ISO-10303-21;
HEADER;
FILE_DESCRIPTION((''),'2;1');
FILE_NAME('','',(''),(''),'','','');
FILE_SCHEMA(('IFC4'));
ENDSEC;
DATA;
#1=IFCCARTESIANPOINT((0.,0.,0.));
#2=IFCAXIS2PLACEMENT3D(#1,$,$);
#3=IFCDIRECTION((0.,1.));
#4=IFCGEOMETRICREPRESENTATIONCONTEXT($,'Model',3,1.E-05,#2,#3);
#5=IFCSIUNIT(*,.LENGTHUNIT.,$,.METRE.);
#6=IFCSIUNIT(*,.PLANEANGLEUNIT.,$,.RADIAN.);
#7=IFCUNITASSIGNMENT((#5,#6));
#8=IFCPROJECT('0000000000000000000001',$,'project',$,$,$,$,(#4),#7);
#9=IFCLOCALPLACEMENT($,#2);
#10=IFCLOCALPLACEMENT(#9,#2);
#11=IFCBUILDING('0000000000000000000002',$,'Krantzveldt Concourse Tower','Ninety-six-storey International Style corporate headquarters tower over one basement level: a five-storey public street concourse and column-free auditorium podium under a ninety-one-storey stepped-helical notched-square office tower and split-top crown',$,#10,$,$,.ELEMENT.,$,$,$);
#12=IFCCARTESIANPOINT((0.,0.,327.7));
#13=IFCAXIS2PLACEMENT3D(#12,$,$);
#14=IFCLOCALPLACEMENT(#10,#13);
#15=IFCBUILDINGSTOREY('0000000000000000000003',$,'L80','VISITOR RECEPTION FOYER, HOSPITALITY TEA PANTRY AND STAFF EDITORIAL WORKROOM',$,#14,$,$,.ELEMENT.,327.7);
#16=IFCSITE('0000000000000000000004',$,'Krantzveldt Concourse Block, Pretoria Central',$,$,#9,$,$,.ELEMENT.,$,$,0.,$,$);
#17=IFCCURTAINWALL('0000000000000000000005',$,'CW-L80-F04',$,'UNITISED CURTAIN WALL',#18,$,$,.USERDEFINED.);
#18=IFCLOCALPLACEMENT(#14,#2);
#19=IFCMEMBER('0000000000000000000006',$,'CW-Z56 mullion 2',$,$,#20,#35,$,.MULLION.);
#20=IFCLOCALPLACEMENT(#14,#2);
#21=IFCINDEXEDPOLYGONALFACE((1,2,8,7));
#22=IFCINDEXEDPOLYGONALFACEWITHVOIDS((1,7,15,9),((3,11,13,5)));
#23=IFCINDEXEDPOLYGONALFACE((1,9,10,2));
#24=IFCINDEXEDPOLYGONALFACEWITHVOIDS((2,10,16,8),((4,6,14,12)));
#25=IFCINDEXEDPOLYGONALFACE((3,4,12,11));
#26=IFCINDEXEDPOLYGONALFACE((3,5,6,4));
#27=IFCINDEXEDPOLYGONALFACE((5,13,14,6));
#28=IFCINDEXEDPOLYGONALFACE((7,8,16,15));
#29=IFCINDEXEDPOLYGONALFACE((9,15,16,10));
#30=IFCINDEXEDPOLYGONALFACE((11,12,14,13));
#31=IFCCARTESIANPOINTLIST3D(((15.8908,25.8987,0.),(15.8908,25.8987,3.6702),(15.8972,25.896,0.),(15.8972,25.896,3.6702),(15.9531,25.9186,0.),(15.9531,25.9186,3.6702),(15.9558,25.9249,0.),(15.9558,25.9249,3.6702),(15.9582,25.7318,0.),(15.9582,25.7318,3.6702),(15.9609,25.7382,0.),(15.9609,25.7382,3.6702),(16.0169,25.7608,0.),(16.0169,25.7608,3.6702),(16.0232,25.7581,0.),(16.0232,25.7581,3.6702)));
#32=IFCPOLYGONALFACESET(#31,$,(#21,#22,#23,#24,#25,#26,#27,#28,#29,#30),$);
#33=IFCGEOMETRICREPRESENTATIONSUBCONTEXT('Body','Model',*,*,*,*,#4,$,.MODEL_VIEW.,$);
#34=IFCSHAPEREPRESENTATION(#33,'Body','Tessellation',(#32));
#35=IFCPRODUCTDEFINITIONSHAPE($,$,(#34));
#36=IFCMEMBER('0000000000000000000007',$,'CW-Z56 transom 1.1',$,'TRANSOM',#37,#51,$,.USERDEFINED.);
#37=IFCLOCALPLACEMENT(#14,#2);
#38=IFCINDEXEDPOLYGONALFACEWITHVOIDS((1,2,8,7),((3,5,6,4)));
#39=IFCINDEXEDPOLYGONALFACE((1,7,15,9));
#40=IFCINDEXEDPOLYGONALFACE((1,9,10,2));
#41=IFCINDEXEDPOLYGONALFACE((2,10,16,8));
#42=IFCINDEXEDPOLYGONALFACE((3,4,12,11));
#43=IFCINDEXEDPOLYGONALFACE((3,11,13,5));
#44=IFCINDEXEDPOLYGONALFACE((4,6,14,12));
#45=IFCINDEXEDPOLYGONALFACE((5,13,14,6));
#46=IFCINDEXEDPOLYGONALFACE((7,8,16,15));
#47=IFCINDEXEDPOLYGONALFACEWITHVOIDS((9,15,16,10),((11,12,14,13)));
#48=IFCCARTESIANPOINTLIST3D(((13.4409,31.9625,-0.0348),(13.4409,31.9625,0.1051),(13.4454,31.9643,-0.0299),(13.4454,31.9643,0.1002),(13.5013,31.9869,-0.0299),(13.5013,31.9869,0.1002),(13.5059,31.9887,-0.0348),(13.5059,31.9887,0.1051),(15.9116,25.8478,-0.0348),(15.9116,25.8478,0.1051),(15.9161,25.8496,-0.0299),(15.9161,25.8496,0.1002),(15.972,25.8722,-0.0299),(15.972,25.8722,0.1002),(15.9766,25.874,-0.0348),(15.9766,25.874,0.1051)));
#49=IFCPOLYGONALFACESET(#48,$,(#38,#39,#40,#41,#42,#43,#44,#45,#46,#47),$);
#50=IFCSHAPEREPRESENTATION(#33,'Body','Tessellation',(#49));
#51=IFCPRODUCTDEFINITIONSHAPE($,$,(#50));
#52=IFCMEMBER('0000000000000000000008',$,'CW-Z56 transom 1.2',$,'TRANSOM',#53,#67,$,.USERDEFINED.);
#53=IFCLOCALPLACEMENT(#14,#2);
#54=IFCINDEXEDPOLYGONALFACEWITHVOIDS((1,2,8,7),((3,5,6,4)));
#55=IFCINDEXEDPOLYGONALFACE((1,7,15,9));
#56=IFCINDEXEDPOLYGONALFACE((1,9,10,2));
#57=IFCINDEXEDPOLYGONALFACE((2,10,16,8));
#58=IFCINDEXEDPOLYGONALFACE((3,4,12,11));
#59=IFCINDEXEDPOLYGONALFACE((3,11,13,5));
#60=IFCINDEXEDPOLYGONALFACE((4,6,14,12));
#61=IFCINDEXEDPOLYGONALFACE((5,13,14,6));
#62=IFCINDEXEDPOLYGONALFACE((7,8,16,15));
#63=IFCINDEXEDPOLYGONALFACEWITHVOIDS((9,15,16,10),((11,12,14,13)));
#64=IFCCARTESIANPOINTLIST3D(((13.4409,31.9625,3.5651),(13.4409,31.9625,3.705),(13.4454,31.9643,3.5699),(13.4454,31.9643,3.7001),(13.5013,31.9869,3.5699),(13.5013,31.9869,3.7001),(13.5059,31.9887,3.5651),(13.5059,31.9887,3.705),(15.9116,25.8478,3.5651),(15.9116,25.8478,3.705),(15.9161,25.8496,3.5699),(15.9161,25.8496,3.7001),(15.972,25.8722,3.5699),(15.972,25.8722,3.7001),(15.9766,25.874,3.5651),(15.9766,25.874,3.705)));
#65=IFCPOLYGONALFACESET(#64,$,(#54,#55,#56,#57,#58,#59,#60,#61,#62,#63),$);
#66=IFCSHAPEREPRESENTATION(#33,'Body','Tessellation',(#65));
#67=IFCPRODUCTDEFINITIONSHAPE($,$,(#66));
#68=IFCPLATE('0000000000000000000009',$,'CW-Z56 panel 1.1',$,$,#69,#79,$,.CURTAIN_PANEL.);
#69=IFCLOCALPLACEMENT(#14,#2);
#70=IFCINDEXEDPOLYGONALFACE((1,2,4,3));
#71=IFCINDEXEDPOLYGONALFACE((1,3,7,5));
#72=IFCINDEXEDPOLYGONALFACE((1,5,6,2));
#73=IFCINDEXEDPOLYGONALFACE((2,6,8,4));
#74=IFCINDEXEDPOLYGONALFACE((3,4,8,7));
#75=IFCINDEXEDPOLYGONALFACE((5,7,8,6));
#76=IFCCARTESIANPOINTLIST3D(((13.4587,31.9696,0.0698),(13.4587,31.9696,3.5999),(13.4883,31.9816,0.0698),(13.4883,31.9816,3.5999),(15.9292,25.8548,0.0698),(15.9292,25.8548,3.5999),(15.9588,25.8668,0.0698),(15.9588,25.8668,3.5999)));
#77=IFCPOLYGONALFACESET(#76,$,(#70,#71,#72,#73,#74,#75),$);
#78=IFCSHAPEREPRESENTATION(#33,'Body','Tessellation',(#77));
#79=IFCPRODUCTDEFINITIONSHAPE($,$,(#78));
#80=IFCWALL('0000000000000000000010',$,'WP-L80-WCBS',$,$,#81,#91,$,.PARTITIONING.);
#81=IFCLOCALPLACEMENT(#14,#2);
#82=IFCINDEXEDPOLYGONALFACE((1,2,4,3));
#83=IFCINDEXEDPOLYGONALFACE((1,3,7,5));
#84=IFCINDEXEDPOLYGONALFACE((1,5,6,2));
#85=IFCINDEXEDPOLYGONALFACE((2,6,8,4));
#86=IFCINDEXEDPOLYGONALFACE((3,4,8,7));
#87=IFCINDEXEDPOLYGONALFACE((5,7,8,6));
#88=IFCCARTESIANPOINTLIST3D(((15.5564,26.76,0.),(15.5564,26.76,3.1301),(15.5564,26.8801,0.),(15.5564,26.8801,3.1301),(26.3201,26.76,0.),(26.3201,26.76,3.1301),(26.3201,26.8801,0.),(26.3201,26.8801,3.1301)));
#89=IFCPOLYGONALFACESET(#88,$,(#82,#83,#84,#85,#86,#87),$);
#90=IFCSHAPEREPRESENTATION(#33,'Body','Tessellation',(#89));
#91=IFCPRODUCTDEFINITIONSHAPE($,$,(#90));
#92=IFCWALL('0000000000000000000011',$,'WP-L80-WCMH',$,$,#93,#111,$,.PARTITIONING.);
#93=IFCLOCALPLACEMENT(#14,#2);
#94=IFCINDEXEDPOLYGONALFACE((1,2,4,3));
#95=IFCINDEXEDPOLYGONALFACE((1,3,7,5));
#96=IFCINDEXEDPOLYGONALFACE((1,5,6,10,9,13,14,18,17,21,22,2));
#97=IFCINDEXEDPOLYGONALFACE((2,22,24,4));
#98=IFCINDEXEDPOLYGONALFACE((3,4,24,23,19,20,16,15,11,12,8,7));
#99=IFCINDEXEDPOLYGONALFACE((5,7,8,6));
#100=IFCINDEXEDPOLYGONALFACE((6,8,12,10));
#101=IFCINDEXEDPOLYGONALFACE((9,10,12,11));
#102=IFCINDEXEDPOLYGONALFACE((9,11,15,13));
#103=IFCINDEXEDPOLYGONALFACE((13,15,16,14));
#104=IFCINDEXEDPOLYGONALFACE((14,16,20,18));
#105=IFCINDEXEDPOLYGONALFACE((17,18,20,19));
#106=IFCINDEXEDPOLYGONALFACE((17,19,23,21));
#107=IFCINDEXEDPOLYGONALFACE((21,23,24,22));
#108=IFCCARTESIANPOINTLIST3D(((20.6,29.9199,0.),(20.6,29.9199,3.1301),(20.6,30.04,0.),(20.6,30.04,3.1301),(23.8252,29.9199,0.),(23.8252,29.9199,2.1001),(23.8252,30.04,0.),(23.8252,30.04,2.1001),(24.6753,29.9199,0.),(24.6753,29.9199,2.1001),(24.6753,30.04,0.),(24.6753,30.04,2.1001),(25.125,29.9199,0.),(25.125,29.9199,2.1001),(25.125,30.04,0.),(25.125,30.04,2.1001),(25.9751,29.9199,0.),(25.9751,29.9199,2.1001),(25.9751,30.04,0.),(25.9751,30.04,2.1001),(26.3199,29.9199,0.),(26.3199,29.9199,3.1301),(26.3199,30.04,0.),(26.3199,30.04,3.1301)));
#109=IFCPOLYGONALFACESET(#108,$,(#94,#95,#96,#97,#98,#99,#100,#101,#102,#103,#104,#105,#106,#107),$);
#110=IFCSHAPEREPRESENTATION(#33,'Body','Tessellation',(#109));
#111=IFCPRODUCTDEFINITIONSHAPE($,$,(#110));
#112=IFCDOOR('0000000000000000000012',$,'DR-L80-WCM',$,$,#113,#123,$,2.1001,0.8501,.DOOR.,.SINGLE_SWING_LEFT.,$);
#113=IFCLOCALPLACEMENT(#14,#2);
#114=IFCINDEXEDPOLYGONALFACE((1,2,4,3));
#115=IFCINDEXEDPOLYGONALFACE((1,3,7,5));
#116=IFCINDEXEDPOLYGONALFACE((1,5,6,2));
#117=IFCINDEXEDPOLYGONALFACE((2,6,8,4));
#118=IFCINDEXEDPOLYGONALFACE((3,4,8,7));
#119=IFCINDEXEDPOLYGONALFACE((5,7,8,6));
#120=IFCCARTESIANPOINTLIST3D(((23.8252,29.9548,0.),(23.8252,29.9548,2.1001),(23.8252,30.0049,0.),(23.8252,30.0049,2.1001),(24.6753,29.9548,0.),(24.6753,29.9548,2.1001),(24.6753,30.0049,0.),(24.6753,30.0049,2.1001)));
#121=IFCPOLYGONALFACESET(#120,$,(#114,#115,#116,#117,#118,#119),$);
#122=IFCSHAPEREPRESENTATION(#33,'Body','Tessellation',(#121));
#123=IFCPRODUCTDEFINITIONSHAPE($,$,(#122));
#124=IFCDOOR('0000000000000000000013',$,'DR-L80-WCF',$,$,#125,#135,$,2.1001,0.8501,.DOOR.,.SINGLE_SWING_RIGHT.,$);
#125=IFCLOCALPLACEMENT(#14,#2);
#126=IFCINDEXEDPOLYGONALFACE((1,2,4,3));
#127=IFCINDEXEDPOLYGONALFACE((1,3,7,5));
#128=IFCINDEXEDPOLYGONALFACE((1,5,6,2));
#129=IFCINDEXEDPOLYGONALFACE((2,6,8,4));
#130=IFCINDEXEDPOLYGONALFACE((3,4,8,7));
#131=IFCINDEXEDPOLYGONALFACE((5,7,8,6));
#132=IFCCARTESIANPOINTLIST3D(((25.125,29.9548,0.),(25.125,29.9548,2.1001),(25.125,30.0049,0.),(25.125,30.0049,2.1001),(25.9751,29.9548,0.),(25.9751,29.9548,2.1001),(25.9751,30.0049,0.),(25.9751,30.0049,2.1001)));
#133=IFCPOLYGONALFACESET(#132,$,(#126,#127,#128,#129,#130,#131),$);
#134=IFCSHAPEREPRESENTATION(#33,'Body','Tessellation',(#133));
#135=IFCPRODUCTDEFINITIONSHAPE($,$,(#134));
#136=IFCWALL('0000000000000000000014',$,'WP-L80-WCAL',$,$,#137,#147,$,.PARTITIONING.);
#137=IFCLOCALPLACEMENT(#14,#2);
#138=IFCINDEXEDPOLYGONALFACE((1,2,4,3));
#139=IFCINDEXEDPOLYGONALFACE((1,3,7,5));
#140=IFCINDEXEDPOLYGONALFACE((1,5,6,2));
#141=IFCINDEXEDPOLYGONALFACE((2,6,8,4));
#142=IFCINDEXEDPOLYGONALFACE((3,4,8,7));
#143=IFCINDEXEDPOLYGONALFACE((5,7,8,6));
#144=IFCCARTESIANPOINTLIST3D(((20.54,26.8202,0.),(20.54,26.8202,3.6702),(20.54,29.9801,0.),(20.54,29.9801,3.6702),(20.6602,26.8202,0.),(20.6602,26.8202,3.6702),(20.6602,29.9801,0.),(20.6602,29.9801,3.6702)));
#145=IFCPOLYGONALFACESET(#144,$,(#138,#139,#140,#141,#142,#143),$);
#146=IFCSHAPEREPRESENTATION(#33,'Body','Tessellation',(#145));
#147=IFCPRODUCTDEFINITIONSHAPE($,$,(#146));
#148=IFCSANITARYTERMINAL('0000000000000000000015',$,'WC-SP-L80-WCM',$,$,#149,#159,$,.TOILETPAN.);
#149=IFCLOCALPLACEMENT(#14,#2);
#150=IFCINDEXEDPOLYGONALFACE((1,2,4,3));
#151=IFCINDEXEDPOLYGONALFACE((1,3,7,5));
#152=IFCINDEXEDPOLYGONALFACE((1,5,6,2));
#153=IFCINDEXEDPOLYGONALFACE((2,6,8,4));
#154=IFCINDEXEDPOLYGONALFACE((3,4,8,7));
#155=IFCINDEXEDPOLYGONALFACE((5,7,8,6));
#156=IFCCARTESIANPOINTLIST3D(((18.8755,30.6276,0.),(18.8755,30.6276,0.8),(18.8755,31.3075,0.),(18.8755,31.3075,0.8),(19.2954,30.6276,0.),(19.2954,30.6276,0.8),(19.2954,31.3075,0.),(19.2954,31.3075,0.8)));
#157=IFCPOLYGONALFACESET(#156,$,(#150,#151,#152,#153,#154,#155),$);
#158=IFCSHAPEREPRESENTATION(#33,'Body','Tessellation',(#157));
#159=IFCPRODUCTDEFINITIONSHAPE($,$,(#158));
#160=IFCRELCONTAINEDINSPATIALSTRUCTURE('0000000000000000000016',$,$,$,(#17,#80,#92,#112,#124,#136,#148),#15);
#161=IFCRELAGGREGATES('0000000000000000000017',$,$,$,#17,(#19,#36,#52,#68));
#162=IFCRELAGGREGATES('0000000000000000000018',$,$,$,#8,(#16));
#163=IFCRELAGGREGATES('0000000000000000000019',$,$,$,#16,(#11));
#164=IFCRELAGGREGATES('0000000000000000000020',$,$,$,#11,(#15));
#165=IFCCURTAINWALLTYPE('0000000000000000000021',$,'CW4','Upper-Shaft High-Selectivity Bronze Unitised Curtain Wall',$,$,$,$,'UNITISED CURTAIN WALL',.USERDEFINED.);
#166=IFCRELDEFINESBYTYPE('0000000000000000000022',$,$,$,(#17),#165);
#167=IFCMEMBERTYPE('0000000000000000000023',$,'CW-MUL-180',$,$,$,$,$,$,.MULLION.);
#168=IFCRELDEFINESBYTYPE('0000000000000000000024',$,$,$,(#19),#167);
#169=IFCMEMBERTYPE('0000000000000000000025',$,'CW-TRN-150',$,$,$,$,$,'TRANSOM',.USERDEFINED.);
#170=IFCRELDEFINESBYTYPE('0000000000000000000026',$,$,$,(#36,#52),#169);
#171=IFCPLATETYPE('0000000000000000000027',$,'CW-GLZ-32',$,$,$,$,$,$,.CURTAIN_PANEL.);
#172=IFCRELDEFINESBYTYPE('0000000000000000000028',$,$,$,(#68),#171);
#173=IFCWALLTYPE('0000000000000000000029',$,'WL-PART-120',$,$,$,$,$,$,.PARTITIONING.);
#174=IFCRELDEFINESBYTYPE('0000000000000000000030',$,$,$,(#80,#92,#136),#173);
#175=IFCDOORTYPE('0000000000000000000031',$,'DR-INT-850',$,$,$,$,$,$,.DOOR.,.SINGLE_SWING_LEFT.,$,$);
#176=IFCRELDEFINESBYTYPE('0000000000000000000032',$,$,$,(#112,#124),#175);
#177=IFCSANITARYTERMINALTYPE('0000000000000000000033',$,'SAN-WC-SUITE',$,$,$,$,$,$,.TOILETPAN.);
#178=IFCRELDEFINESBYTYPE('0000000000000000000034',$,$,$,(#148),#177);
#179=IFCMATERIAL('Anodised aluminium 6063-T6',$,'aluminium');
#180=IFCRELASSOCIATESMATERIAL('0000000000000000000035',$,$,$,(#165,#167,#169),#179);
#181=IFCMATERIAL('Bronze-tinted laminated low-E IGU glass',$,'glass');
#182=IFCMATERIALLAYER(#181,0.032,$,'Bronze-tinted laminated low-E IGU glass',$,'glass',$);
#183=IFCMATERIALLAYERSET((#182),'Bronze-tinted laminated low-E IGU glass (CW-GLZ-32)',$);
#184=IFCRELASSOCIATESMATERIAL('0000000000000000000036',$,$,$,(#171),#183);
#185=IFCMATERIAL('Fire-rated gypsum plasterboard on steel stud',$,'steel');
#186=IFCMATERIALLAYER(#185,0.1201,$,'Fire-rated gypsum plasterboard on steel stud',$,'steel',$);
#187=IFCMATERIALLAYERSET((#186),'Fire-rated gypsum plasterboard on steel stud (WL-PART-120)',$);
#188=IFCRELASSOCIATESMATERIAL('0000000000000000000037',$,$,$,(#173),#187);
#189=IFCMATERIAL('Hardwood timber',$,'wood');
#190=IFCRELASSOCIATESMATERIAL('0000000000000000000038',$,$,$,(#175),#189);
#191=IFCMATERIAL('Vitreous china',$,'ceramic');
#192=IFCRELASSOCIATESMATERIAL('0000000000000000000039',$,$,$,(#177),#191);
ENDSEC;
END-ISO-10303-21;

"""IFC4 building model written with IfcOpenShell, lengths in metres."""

from ifc_helpers import new_model, si_unit, direction, frame, frame_2d, origin, origin_2d, place, context, subcontext, project, spatial, rectangle, hollow_rectangle, extrude, source, transform, mapped, material, layer, layer_set, material_profile, profile_set, type_object, type_shapes, element, fill, aggregate, save


model = new_model("IFC4")

# Units and contexts
model_context = context("Model", 3, precision=1e-05, world=origin(), true_north=direction((0.0, 1.0)))
body_context = subcontext(model_context, "Body", "Model", "MODEL_VIEW")
ifc_project = project(units=[si_unit("LENGTHUNIT", "METRE"), si_unit("PLANEANGLEUNIT", "RADIAN")], contexts=[model_context])

# Site, building, storey
site_placement = place(None, origin())
site = spatial("IfcSite", under=ifc_project, at=site_placement, Name="Krantzveldt Concourse Block, Pretoria Central", CompositionType="ELEMENT", RefElevation=0.0)
building_placement = place(site_placement, origin())
building = spatial("IfcBuilding", under=site, at=building_placement, Name="Krantzveldt Concourse Tower", Description="Ninety-six-storey International Style corporate headquarters tower over one basement level: a five-storey public street concourse and column-free auditorium podium under a ninety-one-storey stepped-helical notched-square office tower and split-top crown", CompositionType="ELEMENT")
storey_placement = place(building_placement, frame((0.0, 0.0, 327.7)))
storey = spatial("IfcBuildingStorey", under=building, at=storey_placement, Name="L80", Description="VISITOR RECEPTION FOYER, HOSPITALITY TEA PANTRY AND STAFF EDITORIAL WORKROOM", CompositionType="ELEMENT", Elevation=327.7)

# Curtain wall, members, plate
ifc_material_1 = material(Name="Anodised aluminium 6063-T6", Category="aluminium")
curtain_wall_type = type_object("IfcCurtainWallType", Name="CW4", Description="Upper-Shaft High-Selectivity Bronze Unitised Curtain Wall", ElementType="UNITISED CURTAIN WALL", PredefinedType="USERDEFINED", material=ifc_material_1)
curtain_wall_placement = place(storey_placement, origin())
curtain_wall = element("IfcCurtainWall", 1, at=curtain_wall_placement, inside=storey, type_object=curtain_wall_type, Name="CW-L80-F04", ObjectType="UNITISED CURTAIN WALL", PredefinedType="USERDEFINED")
ifc_material_profile_1 = material_profile(ifc_material_1, hollow_rectangle(XDim=0.0701, YDim=0.1799, WallThickness=0.0049, at=origin_2d()), Name="Anodised aluminium 6063-T6", Category="aluminium")
ifc_profile_set_1 = profile_set([ifc_material_profile_1], Name="Anodised aluminium 6063-T6 - ALU-MULL 180x70x5")
member_type_1 = type_object("IfcMemberType", Name="CW-MUL-180", PredefinedType="MULLION", material=ifc_profile_set_1)
shared_shape_1 = source(origin(), body_context, "Body", "SweptSolid", [
    extrude(hollow_rectangle(XDim=0.0701, YDim=0.1799, WallThickness=0.0049, at=origin_2d()), origin(), (0.0, 0.0, 1.0), 3.6702),
])
type_shapes(member_type_1, [shared_shape_1])
member_1_placement = place(storey_placement, frame((15.957, 25.8284, 0.0), z_axis=(0.0, 0.0, 1.0), x_axis=(0.927184, 0.374607, 0.0)))
member_1 = element("IfcMember", 2, at=member_1_placement, type_object=member_type_1, Name="CW-Z56 mullion 2", PredefinedType="MULLION", context=body_context, shape_type="MappedRepresentation", body=[
    mapped(shared_shape_1, transform((0.0, 0.0, 0.0), x_axis=(1.0, 0.0, 0.0), y_axis=(0.0, 1.0, 0.0), z_axis=(0.0, 0.0, 1.0), scale=1.0)),
])
ifc_material_profile_2 = material_profile(ifc_material_1, hollow_rectangle(XDim=0.0701, YDim=0.1399, WallThickness=0.0049, at=origin_2d()), Name="Anodised aluminium 6063-T6", Category="aluminium")
ifc_profile_set_2 = profile_set([ifc_material_profile_2], Name="Anodised aluminium 6063-T6 - ALU-TRAN 140x70x5")
member_type_2 = type_object("IfcMemberType", Name="CW-TRN-150", ElementType="TRANSOM", PredefinedType="USERDEFINED", material=ifc_profile_set_2)
shared_shape_2 = source(origin(), body_context, "Body", "SweptSolid", [
    extrude(hollow_rectangle(XDim=0.0701, YDim=0.1399, WallThickness=0.0049, at=origin_2d()), origin(), (0.0, 0.0, 1.0), 6.595),
])
type_shapes(member_type_2, [shared_shape_2])
member_2_placement = place(storey_placement, frame((13.4734, 31.9756, 0.0352), z_axis=(0.374631, -0.927174, 0.0), x_axis=(0.927174, 0.374631, 0.0)))
member_2 = element("IfcMember", 3, at=member_2_placement, type_object=member_type_2, Name="CW-Z56 transom 1.1", ObjectType="TRANSOM", PredefinedType="USERDEFINED", context=body_context, shape_type="MappedRepresentation", body=[
    mapped(shared_shape_2, transform((0.0, 0.0, 0.0), x_axis=(1.0, 0.0, 0.0), y_axis=(0.0, 1.0, 0.0), z_axis=(0.0, 0.0, 1.0), scale=1.0)),
])
member_3_placement = place(storey_placement, frame((13.4734, 31.9756, 3.635), z_axis=(0.374631, -0.927174, 0.0), x_axis=(0.927174, 0.374631, 0.0)))
member_3 = element("IfcMember", 4, at=member_3_placement, type_object=member_type_2, Name="CW-Z56 transom 1.2", ObjectType="TRANSOM", PredefinedType="USERDEFINED", context=body_context, shape_type="MappedRepresentation", body=[
    mapped(shared_shape_2, transform((0.0, 0.0, 0.0), x_axis=(1.0, 0.0, 0.0), y_axis=(0.0, 1.0, 0.0), z_axis=(0.0, 0.0, 1.0), scale=1.0)),
])
ifc_material_2 = material(Name="Bronze-tinted laminated low-E IGU glass", Category="glass")
ifc_layer_1 = layer(ifc_material_2, 0.032, Name="Bronze-tinted laminated low-E IGU glass", Category="glass")
ifc_layer_set_1 = layer_set([ifc_layer_1], Name="Bronze-tinted laminated low-E IGU glass (CW-GLZ-32)")
plate_type = type_object("IfcPlateType", Name="CW-GLZ-32", PredefinedType="CURTAIN_PANEL", material=ifc_layer_set_1)
shared_shape_3 = source(origin(), body_context, "Body", "SweptSolid", [
    extrude(rectangle(XDim=6.595, YDim=0.032, at=origin_2d()), origin(), (0.0, 0.0, 1.0), 3.53),
])
type_shapes(plate_type, [shared_shape_3])
plate_placement = place(storey_placement, frame((14.7087, 28.9182, 0.0698), z_axis=(0.0, 0.0, 1.0), x_axis=(0.374607, -0.927184, 0.0)))
plate = element("IfcPlate", 5, at=plate_placement, type_object=plate_type, Name="CW-Z56 panel 1.1", PredefinedType="CURTAIN_PANEL", context=body_context, shape_type="MappedRepresentation", body=[
    mapped(shared_shape_3, transform((0.0, 0.0, 0.0), x_axis=(1.0, 0.0, 0.0), y_axis=(0.0, 1.0, 0.0), z_axis=(0.0, 0.0, 1.0), scale=1.0)),
])
aggregate(curtain_wall, [member_1, member_2, member_3, plate])

# Wall
ifc_material_3 = material(Name="Fire-rated gypsum plasterboard on steel stud", Category="steel")
ifc_layer_2 = layer(ifc_material_3, 0.1201, Name="Fire-rated gypsum plasterboard on steel stud", Category="steel")
ifc_layer_set_2 = layer_set([ifc_layer_2], Name="Fire-rated gypsum plasterboard on steel stud (WL-PART-120)")
wall_type = type_object("IfcWallType", Name="WL-PART-120", PredefinedType="PARTITIONING", material=ifc_layer_set_2)
wall_1_placement = place(storey_placement, frame((15.5564, 26.8201, 0.0), z_axis=(0.0, 0.0, 1.0), x_axis=(1.0, 0.0, 0.0)))
element("IfcWall", 6, at=wall_1_placement, inside=storey, type_object=wall_type, Name="WP-L80-WCBS", PredefinedType="PARTITIONING", context=body_context, shape_type="SweptSolid", body=[
    extrude(rectangle(XDim=10.7637, YDim=0.1201, at=frame_2d((5.3818, 0.0))), origin(), (0.0, 0.0, 1.0), 3.1301),
])

# Wall, openings, doors
wall_2_placement = place(storey_placement, frame((20.6001, 29.98, 0.0), z_axis=(0.0, 0.0, 1.0), x_axis=(1.0, 0.0, 0.0)))
wall_2 = element("IfcWall", 7, at=wall_2_placement, inside=storey, type_object=wall_type, Name="WP-L80-WCMH", PredefinedType="PARTITIONING", context=body_context, shape_type="SweptSolid", body=[
    extrude(rectangle(XDim=5.72, YDim=0.1201, at=frame_2d((2.8599, 0.0))), origin(), (0.0, 0.0, 1.0), 3.1301),
])
opening_1_placement = place(wall_2_placement, frame((3.2251, 0.0, 0.0)))
opening_1 = element("IfcOpeningElement", 8, at=opening_1_placement, cuts=wall_2, PredefinedType="OPENING", context=body_context, shape_type="SweptSolid", body=[
    extrude(rectangle(XDim=0.8501, YDim=2.1001, at=frame_2d((0.425, 1.05))), frame((0.0, 0.0701, 0.0), z_axis=(0.0, -1.0, 0.0), x_axis=(1.0, 0.0, 0.0)), (0.0, 0.0, 1.0), 0.1401),
])
opening_2_placement = place(wall_2_placement, frame((4.5249, 0.0, 0.0)))
opening_2 = element("IfcOpeningElement", 9, at=opening_2_placement, cuts=wall_2, PredefinedType="OPENING", context=body_context, shape_type="SweptSolid", body=[
    extrude(rectangle(XDim=0.8501, YDim=2.1001, at=frame_2d((0.425, 1.05))), frame((0.0, 0.0701, 0.0), z_axis=(0.0, -1.0, 0.0), x_axis=(1.0, 0.0, 0.0)), (0.0, 0.0, 1.0), 0.1401),
])
ifc_material_4 = material(Name="Hardwood timber", Category="wood")
door_type = type_object("IfcDoorType", Name="DR-INT-850", OperationType="SINGLE_SWING_LEFT", PredefinedType="DOOR", material=ifc_material_4)
door_1_placement = place(opening_1_placement, origin())
door_1 = element("IfcDoor", 10, at=door_1_placement, inside=storey, type_object=door_type, Name="DR-L80-WCM", OperationType="SINGLE_SWING_LEFT", OverallHeight=2.1001, OverallWidth=0.8501, PredefinedType="DOOR", context=body_context, shape_type="SweptSolid", body=[
    extrude(rectangle(XDim=0.8501, YDim=2.1001, at=frame_2d((0.425, 1.05))), frame((0.0, 0.0249, 0.0), z_axis=(0.0, -1.0, 0.0), x_axis=(1.0, 0.0, 0.0)), (0.0, 0.0, 1.0), 0.05),
])
fill(opening_1, door_1)
door_2_placement = place(opening_2_placement, origin())
door_2 = element("IfcDoor", 11, at=door_2_placement, inside=storey, type_object=door_type, Name="DR-L80-WCF", OperationType="SINGLE_SWING_RIGHT", OverallHeight=2.1001, OverallWidth=0.8501, PredefinedType="DOOR", context=body_context, shape_type="SweptSolid", body=[
    extrude(rectangle(XDim=0.8501, YDim=2.1001, at=frame_2d((0.425, 1.05))), frame((0.0, 0.0249, 0.0), z_axis=(0.0, -1.0, 0.0), x_axis=(1.0, 0.0, 0.0)), (0.0, 0.0, 1.0), 0.05),
])
fill(opening_2, door_2)

# Wall
wall_3_placement = place(storey_placement, frame((20.6001, 26.8201, 0.0), z_axis=(0.0, 0.0, 1.0), x_axis=(0.0, 1.0, 0.0)))
element("IfcWall", 12, at=wall_3_placement, inside=storey, type_object=wall_type, Name="WP-L80-WCAL", PredefinedType="PARTITIONING", context=body_context, shape_type="SweptSolid", body=[
    extrude(rectangle(XDim=3.1599, YDim=0.1201, at=frame_2d((1.5801, 0.0))), origin(), (0.0, 0.0, 1.0), 3.6702),
])

# Sanitary terminal
ifc_material_5 = material(Name="Vitreous china", Category="ceramic")
sanitary_terminal_type_1 = type_object("IfcSanitaryTerminalType", Name="SAN-WC-SUITE", PredefinedType="TOILETPAN", material=ifc_material_5)
shared_shape_4 = source(origin(), body_context, "Body", "SweptSolid", [
    extrude(rectangle(XDim=0.4199, YDim=0.6799, at=origin_2d()), origin(), (0.0, 0.0, 1.0), 0.8),
])
type_shapes(sanitary_terminal_type_1, [shared_shape_4])
sanitary_terminal_1_placement = place(storey_placement, frame((19.0854, 30.9675, 0.0), z_axis=(0.0, 0.0, 1.0), x_axis=(1.0, 0.0, 0.0)))
element("IfcSanitaryTerminal", 13, at=sanitary_terminal_1_placement, inside=storey, type_object=sanitary_terminal_type_1, Name="WC-SP-L80-WCM", PredefinedType="TOILETPAN", context=body_context, shape_type="MappedRepresentation", body=[
    mapped(shared_shape_4, transform((0.0, 0.0, 0.0), x_axis=(1.0, 0.0, 0.0), y_axis=(0.0, 1.0, 0.0), z_axis=(0.0, 0.0, 1.0), scale=1.0)),
])

save(model, "model.ifc")
